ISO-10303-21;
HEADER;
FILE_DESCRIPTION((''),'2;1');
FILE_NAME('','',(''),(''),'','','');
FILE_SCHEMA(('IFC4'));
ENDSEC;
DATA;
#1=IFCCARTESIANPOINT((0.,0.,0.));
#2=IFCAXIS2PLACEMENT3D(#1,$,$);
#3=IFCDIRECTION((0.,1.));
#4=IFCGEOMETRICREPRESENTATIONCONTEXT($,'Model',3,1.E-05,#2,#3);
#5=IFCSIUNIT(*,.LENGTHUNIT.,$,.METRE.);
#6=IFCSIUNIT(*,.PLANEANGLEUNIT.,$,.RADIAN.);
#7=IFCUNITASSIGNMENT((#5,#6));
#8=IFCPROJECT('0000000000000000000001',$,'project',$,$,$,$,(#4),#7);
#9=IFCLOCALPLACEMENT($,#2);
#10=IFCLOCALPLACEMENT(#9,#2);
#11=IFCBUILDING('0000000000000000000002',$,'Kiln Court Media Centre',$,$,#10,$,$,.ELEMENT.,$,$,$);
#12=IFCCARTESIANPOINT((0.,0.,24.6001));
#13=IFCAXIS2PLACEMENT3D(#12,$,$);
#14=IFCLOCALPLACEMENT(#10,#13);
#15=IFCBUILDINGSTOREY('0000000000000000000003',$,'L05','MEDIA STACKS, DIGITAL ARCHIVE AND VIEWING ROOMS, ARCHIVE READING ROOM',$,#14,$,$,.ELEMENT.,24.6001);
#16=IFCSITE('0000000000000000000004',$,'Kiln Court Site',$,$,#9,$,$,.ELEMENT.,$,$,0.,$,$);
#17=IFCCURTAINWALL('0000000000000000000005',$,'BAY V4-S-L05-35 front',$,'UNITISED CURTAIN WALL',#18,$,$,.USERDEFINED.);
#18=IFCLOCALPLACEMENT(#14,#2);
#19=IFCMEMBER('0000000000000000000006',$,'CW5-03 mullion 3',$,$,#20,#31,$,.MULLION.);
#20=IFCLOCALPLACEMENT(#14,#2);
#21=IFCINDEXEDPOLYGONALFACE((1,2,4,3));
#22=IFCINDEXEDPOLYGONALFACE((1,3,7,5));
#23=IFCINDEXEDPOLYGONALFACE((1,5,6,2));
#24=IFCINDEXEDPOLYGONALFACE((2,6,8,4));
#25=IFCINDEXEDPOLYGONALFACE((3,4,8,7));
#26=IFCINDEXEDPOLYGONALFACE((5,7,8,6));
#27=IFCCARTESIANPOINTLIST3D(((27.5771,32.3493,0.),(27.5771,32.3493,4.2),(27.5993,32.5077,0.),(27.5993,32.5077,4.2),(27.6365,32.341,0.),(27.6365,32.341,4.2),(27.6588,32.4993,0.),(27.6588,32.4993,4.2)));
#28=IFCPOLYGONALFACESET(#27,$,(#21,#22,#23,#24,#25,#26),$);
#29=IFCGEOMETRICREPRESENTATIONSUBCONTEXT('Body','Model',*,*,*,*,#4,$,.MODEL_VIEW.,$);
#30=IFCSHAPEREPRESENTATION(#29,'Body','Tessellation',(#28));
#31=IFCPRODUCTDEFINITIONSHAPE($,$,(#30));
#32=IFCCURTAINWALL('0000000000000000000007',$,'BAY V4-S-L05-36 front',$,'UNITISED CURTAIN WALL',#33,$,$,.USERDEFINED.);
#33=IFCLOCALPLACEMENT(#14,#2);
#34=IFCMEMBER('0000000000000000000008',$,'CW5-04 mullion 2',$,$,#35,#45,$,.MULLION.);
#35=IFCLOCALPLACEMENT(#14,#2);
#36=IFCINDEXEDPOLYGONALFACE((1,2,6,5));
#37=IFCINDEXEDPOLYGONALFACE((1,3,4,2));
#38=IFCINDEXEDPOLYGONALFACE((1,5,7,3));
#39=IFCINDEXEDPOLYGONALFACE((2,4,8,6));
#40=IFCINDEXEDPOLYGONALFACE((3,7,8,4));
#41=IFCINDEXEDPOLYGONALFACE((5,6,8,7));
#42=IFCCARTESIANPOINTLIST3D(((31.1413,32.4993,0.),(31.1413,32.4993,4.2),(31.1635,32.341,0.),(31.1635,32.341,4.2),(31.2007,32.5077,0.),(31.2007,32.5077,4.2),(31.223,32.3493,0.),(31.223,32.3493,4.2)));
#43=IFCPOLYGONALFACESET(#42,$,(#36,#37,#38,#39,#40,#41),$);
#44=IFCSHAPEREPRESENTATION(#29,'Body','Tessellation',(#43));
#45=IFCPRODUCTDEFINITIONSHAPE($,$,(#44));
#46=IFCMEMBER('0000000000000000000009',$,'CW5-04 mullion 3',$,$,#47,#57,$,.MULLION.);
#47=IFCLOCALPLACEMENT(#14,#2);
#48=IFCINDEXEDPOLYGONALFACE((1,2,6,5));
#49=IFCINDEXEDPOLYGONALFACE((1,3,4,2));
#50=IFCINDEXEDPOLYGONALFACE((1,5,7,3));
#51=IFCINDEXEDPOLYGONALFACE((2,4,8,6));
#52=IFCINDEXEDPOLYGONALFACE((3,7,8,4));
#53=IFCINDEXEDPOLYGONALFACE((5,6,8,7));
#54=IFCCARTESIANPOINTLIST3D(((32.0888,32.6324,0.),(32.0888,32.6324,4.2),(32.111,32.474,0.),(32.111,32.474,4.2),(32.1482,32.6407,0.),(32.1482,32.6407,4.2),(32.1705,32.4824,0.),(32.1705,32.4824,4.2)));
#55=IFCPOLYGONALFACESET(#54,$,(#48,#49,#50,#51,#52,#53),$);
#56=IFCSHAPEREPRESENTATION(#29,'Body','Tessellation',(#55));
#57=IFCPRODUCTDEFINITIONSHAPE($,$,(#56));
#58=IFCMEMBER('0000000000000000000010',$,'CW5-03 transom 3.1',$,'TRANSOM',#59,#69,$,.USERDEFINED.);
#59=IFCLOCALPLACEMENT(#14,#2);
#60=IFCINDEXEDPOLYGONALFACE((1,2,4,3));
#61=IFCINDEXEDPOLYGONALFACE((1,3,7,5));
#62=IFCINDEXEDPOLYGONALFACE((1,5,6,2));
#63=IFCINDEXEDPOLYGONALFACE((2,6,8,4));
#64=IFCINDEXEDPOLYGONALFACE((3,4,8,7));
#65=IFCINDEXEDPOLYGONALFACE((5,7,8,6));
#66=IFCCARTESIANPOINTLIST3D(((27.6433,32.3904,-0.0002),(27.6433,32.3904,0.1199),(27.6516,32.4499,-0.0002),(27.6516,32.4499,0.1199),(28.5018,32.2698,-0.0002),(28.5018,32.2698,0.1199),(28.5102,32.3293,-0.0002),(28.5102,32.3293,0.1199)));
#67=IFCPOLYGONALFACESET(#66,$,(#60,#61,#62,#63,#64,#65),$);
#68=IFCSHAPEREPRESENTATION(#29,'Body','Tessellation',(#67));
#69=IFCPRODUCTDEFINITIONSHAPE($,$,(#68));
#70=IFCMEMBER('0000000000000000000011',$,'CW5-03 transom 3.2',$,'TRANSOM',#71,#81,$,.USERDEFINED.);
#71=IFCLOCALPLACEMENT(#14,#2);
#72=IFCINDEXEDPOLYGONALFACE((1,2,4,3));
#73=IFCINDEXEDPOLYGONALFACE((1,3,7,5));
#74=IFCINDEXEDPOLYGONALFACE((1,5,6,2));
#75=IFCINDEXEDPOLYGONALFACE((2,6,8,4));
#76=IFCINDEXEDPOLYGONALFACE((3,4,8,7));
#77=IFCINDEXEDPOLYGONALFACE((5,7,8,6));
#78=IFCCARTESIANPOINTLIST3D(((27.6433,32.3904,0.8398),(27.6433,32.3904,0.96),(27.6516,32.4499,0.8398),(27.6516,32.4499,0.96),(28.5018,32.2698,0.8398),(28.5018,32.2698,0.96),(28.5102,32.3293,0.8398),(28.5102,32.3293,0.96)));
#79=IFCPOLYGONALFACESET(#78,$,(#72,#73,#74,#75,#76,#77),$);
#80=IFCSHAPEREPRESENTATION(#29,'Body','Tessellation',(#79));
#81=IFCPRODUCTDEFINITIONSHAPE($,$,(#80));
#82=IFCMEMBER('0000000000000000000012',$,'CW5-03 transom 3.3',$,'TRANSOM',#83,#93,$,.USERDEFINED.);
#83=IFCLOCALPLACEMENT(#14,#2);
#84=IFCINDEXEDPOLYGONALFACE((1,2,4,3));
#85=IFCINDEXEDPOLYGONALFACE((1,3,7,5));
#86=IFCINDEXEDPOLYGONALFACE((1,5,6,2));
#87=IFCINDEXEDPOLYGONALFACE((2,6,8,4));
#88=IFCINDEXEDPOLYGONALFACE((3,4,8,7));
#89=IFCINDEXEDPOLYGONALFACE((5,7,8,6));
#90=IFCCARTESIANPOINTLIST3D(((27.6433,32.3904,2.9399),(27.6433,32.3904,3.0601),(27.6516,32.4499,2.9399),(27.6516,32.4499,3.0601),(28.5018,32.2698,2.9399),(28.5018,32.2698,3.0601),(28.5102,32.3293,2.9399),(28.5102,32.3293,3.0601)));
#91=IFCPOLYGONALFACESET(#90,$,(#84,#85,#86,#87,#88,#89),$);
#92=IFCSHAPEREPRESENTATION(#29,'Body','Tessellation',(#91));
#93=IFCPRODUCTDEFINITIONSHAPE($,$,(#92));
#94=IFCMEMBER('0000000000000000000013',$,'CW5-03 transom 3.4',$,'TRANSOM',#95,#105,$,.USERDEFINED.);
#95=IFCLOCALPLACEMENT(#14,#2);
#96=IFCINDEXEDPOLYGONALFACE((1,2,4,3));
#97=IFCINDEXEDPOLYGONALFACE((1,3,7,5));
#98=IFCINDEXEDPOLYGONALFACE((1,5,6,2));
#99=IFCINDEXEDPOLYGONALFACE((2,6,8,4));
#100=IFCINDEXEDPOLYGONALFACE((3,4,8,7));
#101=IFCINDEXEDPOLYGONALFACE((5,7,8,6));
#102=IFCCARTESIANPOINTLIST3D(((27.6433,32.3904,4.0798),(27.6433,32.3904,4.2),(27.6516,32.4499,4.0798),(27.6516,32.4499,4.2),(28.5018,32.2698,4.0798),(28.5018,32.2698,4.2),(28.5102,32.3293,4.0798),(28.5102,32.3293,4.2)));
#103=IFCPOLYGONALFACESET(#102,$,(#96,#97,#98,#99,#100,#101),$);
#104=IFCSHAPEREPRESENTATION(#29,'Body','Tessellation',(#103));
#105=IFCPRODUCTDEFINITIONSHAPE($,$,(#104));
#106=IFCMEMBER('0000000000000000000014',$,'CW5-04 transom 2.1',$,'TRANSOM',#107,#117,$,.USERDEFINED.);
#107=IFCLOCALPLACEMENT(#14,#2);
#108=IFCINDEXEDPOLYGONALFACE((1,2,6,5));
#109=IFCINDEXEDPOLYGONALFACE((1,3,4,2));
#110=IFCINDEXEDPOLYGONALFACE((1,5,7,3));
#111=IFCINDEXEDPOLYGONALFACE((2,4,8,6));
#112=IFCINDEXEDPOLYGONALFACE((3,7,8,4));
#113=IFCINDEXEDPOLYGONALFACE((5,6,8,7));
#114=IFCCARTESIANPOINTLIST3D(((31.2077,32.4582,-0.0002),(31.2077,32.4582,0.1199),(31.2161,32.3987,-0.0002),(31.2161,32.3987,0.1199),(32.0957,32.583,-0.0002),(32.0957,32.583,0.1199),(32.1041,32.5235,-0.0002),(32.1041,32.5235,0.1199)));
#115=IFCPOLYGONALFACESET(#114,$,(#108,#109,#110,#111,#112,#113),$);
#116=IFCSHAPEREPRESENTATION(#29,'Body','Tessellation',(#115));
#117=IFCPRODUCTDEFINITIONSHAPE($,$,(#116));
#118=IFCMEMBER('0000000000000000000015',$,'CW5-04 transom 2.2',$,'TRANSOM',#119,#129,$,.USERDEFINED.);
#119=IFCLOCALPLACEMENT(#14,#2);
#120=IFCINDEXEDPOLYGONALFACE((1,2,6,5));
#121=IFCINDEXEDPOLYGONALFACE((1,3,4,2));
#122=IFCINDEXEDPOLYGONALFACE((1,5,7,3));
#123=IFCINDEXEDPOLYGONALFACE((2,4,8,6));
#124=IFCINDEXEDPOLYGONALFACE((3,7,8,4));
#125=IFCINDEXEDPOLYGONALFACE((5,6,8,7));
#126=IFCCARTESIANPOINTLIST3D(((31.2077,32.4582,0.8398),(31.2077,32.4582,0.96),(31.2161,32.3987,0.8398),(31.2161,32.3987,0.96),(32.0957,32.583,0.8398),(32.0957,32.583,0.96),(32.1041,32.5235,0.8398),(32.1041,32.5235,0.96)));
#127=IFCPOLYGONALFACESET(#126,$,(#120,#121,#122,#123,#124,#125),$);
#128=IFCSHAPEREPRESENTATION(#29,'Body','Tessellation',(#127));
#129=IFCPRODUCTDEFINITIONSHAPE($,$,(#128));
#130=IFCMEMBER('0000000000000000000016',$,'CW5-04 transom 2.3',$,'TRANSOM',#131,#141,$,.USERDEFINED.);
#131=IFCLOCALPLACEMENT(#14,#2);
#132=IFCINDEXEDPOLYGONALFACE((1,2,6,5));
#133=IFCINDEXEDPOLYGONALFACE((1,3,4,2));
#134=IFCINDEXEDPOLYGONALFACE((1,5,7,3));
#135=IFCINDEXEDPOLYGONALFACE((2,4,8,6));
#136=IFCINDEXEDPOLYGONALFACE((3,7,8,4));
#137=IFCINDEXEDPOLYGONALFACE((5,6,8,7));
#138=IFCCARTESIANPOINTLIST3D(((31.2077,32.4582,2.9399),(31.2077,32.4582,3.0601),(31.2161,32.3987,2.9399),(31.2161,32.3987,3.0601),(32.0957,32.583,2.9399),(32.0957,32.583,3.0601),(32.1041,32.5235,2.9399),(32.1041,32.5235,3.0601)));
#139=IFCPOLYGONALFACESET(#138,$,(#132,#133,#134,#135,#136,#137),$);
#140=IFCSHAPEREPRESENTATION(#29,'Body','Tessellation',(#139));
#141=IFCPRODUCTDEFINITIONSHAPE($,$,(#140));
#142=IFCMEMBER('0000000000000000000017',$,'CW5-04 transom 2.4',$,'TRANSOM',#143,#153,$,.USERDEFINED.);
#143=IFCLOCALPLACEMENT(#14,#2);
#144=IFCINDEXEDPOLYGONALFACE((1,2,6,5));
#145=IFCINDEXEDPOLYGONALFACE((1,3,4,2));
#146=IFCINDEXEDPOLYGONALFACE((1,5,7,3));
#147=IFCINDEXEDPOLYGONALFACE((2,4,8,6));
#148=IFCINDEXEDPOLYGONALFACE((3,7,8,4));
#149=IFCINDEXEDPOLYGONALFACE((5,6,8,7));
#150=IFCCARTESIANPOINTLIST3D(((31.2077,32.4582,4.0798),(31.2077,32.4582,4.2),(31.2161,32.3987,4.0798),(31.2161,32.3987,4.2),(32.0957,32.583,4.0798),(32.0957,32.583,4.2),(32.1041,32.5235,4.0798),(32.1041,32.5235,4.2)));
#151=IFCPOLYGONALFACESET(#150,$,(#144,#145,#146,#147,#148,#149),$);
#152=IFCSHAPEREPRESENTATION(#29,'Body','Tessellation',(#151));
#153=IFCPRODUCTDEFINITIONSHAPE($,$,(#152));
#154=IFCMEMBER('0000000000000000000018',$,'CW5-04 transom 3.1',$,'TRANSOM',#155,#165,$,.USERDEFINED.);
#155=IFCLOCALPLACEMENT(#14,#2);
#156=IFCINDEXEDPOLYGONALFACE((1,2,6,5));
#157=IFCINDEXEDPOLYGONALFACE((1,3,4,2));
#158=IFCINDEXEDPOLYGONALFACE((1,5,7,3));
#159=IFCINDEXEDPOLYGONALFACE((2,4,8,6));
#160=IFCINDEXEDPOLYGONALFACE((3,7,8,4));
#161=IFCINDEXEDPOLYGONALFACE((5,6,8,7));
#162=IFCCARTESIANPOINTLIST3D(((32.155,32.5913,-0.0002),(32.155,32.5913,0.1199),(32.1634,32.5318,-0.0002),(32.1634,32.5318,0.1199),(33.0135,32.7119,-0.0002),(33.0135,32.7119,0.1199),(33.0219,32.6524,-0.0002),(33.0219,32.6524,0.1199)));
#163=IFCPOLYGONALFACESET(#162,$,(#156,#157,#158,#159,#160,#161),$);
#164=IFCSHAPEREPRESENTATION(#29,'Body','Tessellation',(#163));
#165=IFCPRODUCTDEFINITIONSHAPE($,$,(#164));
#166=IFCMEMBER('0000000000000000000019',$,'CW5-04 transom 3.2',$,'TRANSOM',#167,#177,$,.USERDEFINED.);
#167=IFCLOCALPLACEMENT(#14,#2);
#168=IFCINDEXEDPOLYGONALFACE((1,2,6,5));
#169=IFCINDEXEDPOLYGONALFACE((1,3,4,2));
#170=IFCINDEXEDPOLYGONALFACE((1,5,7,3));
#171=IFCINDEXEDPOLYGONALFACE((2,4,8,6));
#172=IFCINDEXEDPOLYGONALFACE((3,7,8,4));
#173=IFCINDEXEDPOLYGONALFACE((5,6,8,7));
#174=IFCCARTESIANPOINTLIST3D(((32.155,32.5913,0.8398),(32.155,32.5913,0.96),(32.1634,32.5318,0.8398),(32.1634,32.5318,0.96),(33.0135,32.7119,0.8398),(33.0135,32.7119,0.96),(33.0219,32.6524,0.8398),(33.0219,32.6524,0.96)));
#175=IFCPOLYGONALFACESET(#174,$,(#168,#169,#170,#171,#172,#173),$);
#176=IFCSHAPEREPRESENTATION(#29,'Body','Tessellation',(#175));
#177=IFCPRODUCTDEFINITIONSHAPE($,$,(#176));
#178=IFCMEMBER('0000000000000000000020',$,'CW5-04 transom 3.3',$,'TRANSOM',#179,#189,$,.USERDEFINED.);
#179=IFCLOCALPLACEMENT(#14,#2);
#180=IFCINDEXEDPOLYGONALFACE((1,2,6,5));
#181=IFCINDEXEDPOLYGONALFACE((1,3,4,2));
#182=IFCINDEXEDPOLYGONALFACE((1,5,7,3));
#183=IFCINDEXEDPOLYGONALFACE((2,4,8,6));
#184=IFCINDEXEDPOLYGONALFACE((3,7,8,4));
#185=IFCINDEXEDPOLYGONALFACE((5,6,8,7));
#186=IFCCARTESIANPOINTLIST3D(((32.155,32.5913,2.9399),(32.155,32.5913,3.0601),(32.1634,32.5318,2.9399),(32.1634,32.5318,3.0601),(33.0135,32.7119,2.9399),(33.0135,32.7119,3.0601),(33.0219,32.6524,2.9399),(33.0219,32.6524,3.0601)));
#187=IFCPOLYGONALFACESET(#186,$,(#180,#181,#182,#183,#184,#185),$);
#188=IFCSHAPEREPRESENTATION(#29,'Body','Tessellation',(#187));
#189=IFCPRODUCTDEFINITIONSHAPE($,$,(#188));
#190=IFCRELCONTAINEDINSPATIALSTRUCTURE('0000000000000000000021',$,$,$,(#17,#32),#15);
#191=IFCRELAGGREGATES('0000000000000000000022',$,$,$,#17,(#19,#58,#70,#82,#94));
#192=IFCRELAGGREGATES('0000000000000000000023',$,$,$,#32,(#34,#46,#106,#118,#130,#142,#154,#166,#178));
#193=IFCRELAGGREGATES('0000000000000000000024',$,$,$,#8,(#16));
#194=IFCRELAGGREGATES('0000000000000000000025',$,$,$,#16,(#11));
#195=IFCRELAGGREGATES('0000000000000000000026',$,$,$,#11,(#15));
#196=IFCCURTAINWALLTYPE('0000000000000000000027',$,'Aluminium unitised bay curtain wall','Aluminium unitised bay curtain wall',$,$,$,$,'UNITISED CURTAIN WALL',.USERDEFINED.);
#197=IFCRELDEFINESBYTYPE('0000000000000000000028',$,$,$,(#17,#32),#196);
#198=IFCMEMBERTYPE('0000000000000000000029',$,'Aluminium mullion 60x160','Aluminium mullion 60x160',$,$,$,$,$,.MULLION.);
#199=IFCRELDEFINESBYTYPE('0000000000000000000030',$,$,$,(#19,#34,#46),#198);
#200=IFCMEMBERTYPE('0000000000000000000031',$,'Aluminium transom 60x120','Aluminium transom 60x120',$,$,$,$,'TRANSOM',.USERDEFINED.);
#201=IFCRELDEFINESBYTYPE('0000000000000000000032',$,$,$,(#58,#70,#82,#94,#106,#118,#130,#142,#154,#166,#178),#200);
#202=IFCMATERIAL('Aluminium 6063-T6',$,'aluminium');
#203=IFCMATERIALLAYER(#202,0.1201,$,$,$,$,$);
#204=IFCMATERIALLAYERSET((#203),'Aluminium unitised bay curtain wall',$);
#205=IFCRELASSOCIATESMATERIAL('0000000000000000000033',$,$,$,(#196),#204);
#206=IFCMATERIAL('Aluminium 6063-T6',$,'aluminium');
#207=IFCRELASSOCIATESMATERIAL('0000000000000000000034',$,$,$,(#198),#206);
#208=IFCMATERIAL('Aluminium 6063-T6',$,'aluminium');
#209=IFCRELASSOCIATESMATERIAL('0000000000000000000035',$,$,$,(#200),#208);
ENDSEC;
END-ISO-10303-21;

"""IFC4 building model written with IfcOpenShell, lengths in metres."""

from ifc_helpers import new_model, si_unit, direction, frame, origin, origin_2d, place, context, subcontext, project, spatial, rectangle, extrude, material, layer, layer_set, material_profile, profile_set, type_object, element, aggregate, save


model = new_model("IFC4")

# Units and contexts
model_context = context("Model", 3, precision=1e-05, world=origin(), true_north=direction((0.0, 1.0)))
body_context = subcontext(model_context, "Body", "Model", "MODEL_VIEW")
ifc_project = project(units=[si_unit("LENGTHUNIT", "METRE"), si_unit("PLANEANGLEUNIT", "RADIAN")], contexts=[model_context])

# Site, building, storey
site_placement = place(None, origin())
site = spatial("IfcSite", under=ifc_project, at=site_placement, Name="Kiln Court Site", CompositionType="ELEMENT", RefElevation=0.0)
building_placement = place(site_placement, origin())
building = spatial("IfcBuilding", under=site, at=building_placement, Name="Kiln Court Media Centre", CompositionType="ELEMENT")
storey_placement = place(building_placement, frame((0.0, 0.0, 24.6001)))
storey = spatial("IfcBuildingStorey", under=building, at=storey_placement, Name="L05", Description="MEDIA STACKS, DIGITAL ARCHIVE AND VIEWING ROOMS, ARCHIVE READING ROOM", CompositionType="ELEMENT", Elevation=24.6001)

# Curtain wall, member
ifc_material_1 = material(Name="Aluminium 6063-T6", Category="aluminium")
ifc_layer_1 = layer(ifc_material_1, 0.1201)
ifc_layer_set_1 = layer_set([ifc_layer_1], Name="Aluminium unitised bay curtain wall")
curtain_wall_type = type_object("IfcCurtainWallType", Name="Aluminium unitised bay curtain wall", Description="Aluminium unitised bay curtain wall", ElementType="UNITISED CURTAIN WALL", PredefinedType="USERDEFINED", material=ifc_layer_set_1)
curtain_wall_1_placement = place(storey_placement, origin())
curtain_wall_1 = element("IfcCurtainWall", 1, at=curtain_wall_1_placement, inside=storey, type_object=curtain_wall_type, Name="BAY V4-S-L05-35 front", ObjectType="UNITISED CURTAIN WALL", PredefinedType="USERDEFINED")
ifc_material_2 = material(Name="Aluminium 6063-T6", Category="aluminium")
ifc_material_profile_1 = material_profile(ifc_material_2, rectangle(XDim=0.0601, YDim=0.1599, at=origin_2d()), Name="Aluminium mullion 60x160")
ifc_profile_set_1 = profile_set([ifc_material_profile_1], Name="Aluminium 6063-T6")
member_type_1 = type_object("IfcMemberType", Name="Aluminium mullion 60x160", Description="Aluminium mullion 60x160", PredefinedType="MULLION", material=ifc_profile_set_1)
member_1_placement = place(storey_placement, frame((27.6179, 32.4243, 0.0), z_axis=(0.0, 0.0, 1.0), x_axis=(0.99027, -0.139162, 0.0)))
member_1 = element("IfcMember", 2, at=member_1_placement, type_object=member_type_1, Name="CW5-03 mullion 3", PredefinedType="MULLION", context=body_context, shape_type="SweptSolid", body=[
    extrude(rectangle(XDim=0.0601, YDim=0.1599, at=origin_2d()), origin(), (0.0, 0.0, 1.0), 4.2),
])

# Curtain wall, members
curtain_wall_2_placement = place(storey_placement, origin())
curtain_wall_2 = element("IfcCurtainWall", 3, at=curtain_wall_2_placement, inside=storey, type_object=curtain_wall_type, Name="BAY V4-S-L05-36 front", ObjectType="UNITISED CURTAIN WALL", PredefinedType="USERDEFINED")
member_2_placement = place(storey_placement, frame((31.1821, 32.4243, 0.0), z_axis=(0.0, 0.0, 1.0), x_axis=(0.99027, 0.139162, 0.0)))
member_2 = element("IfcMember", 4, at=member_2_placement, type_object=member_type_1, Name="CW5-04 mullion 2", PredefinedType="MULLION", context=body_context, shape_type="SweptSolid", body=[
    extrude(rectangle(XDim=0.0601, YDim=0.1599, at=origin_2d()), origin(), (0.0, 0.0, 1.0), 4.2),
])
member_3_placement = place(storey_placement, frame((32.1296, 32.5574, 0.0), z_axis=(0.0, 0.0, 1.0), x_axis=(0.99027, 0.139162, 0.0)))
member_3 = element("IfcMember", 5, at=member_3_placement, type_object=member_type_1, Name="CW5-04 mullion 3", PredefinedType="MULLION", context=body_context, shape_type="SweptSolid", body=[
    extrude(rectangle(XDim=0.0601, YDim=0.1599, at=origin_2d()), origin(), (0.0, 0.0, 1.0), 4.2),
])

# Members
ifc_material_3 = material(Name="Aluminium 6063-T6", Category="aluminium")
ifc_material_profile_2 = material_profile(ifc_material_3, rectangle(XDim=0.0601, YDim=0.1201, at=origin_2d()), Name="Aluminium transom 60x120")
ifc_profile_set_2 = profile_set([ifc_material_profile_2], Name="Aluminium 6063-T6")
member_type_2 = type_object("IfcMemberType", Name="Aluminium transom 60x120", Description="Aluminium transom 60x120", ElementType="TRANSOM", PredefinedType="USERDEFINED", material=ifc_profile_set_2)
member_4_placement = place(storey_placement, frame((27.6475, 32.4202, 0.0598), z_axis=(0.990274, -0.139134, 0.0), x_axis=(0.139134, 0.990274, 0.0)))
member_4 = element("IfcMember", 6, at=member_4_placement, type_object=member_type_2, Name="CW5-03 transom 3.1", ObjectType="TRANSOM", PredefinedType="USERDEFINED", context=body_context, shape_type="SweptSolid", body=[
    extrude(rectangle(XDim=0.0601, YDim=0.1201, at=origin_2d()), origin(), (0.0, 0.0, 1.0), 0.8669),
])
member_5_placement = place(storey_placement, frame((27.6475, 32.4202, 0.8999), z_axis=(0.990274, -0.139134, 0.0), x_axis=(0.139134, 0.990274, 0.0)))
member_5 = element("IfcMember", 7, at=member_5_placement, type_object=member_type_2, Name="CW5-03 transom 3.2", ObjectType="TRANSOM", PredefinedType="USERDEFINED", context=body_context, shape_type="SweptSolid", body=[
    extrude(rectangle(XDim=0.0601, YDim=0.1201, at=origin_2d()), origin(), (0.0, 0.0, 1.0), 0.8669),
])
member_6_placement = place(storey_placement, frame((27.6475, 32.4202, 3.0), z_axis=(0.990274, -0.139134, 0.0), x_axis=(0.139134, 0.990274, 0.0)))
member_6 = element("IfcMember", 8, at=member_6_placement, type_object=member_type_2, Name="CW5-03 transom 3.3", ObjectType="TRANSOM", PredefinedType="USERDEFINED", context=body_context, shape_type="SweptSolid", body=[
    extrude(rectangle(XDim=0.0601, YDim=0.1201, at=origin_2d()), origin(), (0.0, 0.0, 1.0), 0.8669),
])
member_7_placement = place(storey_placement, frame((27.6475, 32.4202, 4.1399), z_axis=(0.990274, -0.139134, 0.0), x_axis=(0.139134, 0.990274, 0.0)))
member_7 = element("IfcMember", 9, at=member_7_placement, type_object=member_type_2, Name="CW5-03 transom 3.4", ObjectType="TRANSOM", PredefinedType="USERDEFINED", context=body_context, shape_type="SweptSolid", body=[
    extrude(rectangle(XDim=0.0601, YDim=0.1201, at=origin_2d()), origin(), (0.0, 0.0, 1.0), 0.8669),
])
member_8_placement = place(storey_placement, frame((31.2119, 32.4285, 0.0598), z_axis=(0.990274, 0.139134, 0.0), x_axis=(-0.139134, 0.990274, 0.0)))
member_8 = element("IfcMember", 10, at=member_8_placement, type_object=member_type_2, Name="CW5-04 transom 2.1", ObjectType="TRANSOM", PredefinedType="USERDEFINED", context=body_context, shape_type="SweptSolid", body=[
    extrude(rectangle(XDim=0.0601, YDim=0.1201, at=origin_2d()), origin(), (0.0, 0.0, 1.0), 0.8967),
])
member_9_placement = place(storey_placement, frame((31.2119, 32.4285, 0.8999), z_axis=(0.990274, 0.139134, 0.0), x_axis=(-0.139134, 0.990274, 0.0)))
member_9 = element("IfcMember", 11, at=member_9_placement, type_object=member_type_2, Name="CW5-04 transom 2.2", ObjectType="TRANSOM", PredefinedType="USERDEFINED", context=body_context, shape_type="SweptSolid", body=[
    extrude(rectangle(XDim=0.0601, YDim=0.1201, at=origin_2d()), origin(), (0.0, 0.0, 1.0), 0.8967),
])
member_10_placement = place(storey_placement, frame((31.2119, 32.4285, 3.0), z_axis=(0.990274, 0.139134, 0.0), x_axis=(-0.139134, 0.990274, 0.0)))
member_10 = element("IfcMember", 12, at=member_10_placement, type_object=member_type_2, Name="CW5-04 transom 2.3", ObjectType="TRANSOM", PredefinedType="USERDEFINED", context=body_context, shape_type="SweptSolid", body=[
    extrude(rectangle(XDim=0.0601, YDim=0.1201, at=origin_2d()), origin(), (0.0, 0.0, 1.0), 0.8967),
])
member_11_placement = place(storey_placement, frame((31.2119, 32.4285, 4.1399), z_axis=(0.990274, 0.139134, 0.0), x_axis=(-0.139134, 0.990274, 0.0)))
member_11 = element("IfcMember", 13, at=member_11_placement, type_object=member_type_2, Name="CW5-04 transom 2.4", ObjectType="TRANSOM", PredefinedType="USERDEFINED", context=body_context, shape_type="SweptSolid", body=[
    extrude(rectangle(XDim=0.0601, YDim=0.1201, at=origin_2d()), origin(), (0.0, 0.0, 1.0), 0.8967),
])
member_12_placement = place(storey_placement, frame((32.1592, 32.5615, 0.0598), z_axis=(0.990274, 0.139134, 0.0), x_axis=(-0.139134, 0.990274, 0.0)))
member_12 = element("IfcMember", 14, at=member_12_placement, type_object=member_type_2, Name="CW5-04 transom 3.1", ObjectType="TRANSOM", PredefinedType="USERDEFINED", context=body_context, shape_type="SweptSolid", body=[
    extrude(rectangle(XDim=0.0601, YDim=0.1201, at=origin_2d()), origin(), (0.0, 0.0, 1.0), 0.8669),
])
member_13_placement = place(storey_placement, frame((32.1592, 32.5615, 0.8999), z_axis=(0.990274, 0.139134, 0.0), x_axis=(-0.139134, 0.990274, 0.0)))
member_13 = element("IfcMember", 15, at=member_13_placement, type_object=member_type_2, Name="CW5-04 transom 3.2", ObjectType="TRANSOM", PredefinedType="USERDEFINED", context=body_context, shape_type="SweptSolid", body=[
    extrude(rectangle(XDim=0.0601, YDim=0.1201, at=origin_2d()), origin(), (0.0, 0.0, 1.0), 0.8669),
])
member_14_placement = place(storey_placement, frame((32.1592, 32.5615, 3.0), z_axis=(0.990274, 0.139134, 0.0), x_axis=(-0.139134, 0.990274, 0.0)))
member_14 = element("IfcMember", 16, at=member_14_placement, type_object=member_type_2, Name="CW5-04 transom 3.3", ObjectType="TRANSOM", PredefinedType="USERDEFINED", context=body_context, shape_type="SweptSolid", body=[
    extrude(rectangle(XDim=0.0601, YDim=0.1201, at=origin_2d()), origin(), (0.0, 0.0, 1.0), 0.8669),
])

aggregate(curtain_wall_1, [member_1, member_4, member_5, member_6, member_7])
aggregate(curtain_wall_2, [member_2, member_3, member_8, member_9, member_10, member_11, member_12, member_13, member_14])

save(model, "model.ifc")
